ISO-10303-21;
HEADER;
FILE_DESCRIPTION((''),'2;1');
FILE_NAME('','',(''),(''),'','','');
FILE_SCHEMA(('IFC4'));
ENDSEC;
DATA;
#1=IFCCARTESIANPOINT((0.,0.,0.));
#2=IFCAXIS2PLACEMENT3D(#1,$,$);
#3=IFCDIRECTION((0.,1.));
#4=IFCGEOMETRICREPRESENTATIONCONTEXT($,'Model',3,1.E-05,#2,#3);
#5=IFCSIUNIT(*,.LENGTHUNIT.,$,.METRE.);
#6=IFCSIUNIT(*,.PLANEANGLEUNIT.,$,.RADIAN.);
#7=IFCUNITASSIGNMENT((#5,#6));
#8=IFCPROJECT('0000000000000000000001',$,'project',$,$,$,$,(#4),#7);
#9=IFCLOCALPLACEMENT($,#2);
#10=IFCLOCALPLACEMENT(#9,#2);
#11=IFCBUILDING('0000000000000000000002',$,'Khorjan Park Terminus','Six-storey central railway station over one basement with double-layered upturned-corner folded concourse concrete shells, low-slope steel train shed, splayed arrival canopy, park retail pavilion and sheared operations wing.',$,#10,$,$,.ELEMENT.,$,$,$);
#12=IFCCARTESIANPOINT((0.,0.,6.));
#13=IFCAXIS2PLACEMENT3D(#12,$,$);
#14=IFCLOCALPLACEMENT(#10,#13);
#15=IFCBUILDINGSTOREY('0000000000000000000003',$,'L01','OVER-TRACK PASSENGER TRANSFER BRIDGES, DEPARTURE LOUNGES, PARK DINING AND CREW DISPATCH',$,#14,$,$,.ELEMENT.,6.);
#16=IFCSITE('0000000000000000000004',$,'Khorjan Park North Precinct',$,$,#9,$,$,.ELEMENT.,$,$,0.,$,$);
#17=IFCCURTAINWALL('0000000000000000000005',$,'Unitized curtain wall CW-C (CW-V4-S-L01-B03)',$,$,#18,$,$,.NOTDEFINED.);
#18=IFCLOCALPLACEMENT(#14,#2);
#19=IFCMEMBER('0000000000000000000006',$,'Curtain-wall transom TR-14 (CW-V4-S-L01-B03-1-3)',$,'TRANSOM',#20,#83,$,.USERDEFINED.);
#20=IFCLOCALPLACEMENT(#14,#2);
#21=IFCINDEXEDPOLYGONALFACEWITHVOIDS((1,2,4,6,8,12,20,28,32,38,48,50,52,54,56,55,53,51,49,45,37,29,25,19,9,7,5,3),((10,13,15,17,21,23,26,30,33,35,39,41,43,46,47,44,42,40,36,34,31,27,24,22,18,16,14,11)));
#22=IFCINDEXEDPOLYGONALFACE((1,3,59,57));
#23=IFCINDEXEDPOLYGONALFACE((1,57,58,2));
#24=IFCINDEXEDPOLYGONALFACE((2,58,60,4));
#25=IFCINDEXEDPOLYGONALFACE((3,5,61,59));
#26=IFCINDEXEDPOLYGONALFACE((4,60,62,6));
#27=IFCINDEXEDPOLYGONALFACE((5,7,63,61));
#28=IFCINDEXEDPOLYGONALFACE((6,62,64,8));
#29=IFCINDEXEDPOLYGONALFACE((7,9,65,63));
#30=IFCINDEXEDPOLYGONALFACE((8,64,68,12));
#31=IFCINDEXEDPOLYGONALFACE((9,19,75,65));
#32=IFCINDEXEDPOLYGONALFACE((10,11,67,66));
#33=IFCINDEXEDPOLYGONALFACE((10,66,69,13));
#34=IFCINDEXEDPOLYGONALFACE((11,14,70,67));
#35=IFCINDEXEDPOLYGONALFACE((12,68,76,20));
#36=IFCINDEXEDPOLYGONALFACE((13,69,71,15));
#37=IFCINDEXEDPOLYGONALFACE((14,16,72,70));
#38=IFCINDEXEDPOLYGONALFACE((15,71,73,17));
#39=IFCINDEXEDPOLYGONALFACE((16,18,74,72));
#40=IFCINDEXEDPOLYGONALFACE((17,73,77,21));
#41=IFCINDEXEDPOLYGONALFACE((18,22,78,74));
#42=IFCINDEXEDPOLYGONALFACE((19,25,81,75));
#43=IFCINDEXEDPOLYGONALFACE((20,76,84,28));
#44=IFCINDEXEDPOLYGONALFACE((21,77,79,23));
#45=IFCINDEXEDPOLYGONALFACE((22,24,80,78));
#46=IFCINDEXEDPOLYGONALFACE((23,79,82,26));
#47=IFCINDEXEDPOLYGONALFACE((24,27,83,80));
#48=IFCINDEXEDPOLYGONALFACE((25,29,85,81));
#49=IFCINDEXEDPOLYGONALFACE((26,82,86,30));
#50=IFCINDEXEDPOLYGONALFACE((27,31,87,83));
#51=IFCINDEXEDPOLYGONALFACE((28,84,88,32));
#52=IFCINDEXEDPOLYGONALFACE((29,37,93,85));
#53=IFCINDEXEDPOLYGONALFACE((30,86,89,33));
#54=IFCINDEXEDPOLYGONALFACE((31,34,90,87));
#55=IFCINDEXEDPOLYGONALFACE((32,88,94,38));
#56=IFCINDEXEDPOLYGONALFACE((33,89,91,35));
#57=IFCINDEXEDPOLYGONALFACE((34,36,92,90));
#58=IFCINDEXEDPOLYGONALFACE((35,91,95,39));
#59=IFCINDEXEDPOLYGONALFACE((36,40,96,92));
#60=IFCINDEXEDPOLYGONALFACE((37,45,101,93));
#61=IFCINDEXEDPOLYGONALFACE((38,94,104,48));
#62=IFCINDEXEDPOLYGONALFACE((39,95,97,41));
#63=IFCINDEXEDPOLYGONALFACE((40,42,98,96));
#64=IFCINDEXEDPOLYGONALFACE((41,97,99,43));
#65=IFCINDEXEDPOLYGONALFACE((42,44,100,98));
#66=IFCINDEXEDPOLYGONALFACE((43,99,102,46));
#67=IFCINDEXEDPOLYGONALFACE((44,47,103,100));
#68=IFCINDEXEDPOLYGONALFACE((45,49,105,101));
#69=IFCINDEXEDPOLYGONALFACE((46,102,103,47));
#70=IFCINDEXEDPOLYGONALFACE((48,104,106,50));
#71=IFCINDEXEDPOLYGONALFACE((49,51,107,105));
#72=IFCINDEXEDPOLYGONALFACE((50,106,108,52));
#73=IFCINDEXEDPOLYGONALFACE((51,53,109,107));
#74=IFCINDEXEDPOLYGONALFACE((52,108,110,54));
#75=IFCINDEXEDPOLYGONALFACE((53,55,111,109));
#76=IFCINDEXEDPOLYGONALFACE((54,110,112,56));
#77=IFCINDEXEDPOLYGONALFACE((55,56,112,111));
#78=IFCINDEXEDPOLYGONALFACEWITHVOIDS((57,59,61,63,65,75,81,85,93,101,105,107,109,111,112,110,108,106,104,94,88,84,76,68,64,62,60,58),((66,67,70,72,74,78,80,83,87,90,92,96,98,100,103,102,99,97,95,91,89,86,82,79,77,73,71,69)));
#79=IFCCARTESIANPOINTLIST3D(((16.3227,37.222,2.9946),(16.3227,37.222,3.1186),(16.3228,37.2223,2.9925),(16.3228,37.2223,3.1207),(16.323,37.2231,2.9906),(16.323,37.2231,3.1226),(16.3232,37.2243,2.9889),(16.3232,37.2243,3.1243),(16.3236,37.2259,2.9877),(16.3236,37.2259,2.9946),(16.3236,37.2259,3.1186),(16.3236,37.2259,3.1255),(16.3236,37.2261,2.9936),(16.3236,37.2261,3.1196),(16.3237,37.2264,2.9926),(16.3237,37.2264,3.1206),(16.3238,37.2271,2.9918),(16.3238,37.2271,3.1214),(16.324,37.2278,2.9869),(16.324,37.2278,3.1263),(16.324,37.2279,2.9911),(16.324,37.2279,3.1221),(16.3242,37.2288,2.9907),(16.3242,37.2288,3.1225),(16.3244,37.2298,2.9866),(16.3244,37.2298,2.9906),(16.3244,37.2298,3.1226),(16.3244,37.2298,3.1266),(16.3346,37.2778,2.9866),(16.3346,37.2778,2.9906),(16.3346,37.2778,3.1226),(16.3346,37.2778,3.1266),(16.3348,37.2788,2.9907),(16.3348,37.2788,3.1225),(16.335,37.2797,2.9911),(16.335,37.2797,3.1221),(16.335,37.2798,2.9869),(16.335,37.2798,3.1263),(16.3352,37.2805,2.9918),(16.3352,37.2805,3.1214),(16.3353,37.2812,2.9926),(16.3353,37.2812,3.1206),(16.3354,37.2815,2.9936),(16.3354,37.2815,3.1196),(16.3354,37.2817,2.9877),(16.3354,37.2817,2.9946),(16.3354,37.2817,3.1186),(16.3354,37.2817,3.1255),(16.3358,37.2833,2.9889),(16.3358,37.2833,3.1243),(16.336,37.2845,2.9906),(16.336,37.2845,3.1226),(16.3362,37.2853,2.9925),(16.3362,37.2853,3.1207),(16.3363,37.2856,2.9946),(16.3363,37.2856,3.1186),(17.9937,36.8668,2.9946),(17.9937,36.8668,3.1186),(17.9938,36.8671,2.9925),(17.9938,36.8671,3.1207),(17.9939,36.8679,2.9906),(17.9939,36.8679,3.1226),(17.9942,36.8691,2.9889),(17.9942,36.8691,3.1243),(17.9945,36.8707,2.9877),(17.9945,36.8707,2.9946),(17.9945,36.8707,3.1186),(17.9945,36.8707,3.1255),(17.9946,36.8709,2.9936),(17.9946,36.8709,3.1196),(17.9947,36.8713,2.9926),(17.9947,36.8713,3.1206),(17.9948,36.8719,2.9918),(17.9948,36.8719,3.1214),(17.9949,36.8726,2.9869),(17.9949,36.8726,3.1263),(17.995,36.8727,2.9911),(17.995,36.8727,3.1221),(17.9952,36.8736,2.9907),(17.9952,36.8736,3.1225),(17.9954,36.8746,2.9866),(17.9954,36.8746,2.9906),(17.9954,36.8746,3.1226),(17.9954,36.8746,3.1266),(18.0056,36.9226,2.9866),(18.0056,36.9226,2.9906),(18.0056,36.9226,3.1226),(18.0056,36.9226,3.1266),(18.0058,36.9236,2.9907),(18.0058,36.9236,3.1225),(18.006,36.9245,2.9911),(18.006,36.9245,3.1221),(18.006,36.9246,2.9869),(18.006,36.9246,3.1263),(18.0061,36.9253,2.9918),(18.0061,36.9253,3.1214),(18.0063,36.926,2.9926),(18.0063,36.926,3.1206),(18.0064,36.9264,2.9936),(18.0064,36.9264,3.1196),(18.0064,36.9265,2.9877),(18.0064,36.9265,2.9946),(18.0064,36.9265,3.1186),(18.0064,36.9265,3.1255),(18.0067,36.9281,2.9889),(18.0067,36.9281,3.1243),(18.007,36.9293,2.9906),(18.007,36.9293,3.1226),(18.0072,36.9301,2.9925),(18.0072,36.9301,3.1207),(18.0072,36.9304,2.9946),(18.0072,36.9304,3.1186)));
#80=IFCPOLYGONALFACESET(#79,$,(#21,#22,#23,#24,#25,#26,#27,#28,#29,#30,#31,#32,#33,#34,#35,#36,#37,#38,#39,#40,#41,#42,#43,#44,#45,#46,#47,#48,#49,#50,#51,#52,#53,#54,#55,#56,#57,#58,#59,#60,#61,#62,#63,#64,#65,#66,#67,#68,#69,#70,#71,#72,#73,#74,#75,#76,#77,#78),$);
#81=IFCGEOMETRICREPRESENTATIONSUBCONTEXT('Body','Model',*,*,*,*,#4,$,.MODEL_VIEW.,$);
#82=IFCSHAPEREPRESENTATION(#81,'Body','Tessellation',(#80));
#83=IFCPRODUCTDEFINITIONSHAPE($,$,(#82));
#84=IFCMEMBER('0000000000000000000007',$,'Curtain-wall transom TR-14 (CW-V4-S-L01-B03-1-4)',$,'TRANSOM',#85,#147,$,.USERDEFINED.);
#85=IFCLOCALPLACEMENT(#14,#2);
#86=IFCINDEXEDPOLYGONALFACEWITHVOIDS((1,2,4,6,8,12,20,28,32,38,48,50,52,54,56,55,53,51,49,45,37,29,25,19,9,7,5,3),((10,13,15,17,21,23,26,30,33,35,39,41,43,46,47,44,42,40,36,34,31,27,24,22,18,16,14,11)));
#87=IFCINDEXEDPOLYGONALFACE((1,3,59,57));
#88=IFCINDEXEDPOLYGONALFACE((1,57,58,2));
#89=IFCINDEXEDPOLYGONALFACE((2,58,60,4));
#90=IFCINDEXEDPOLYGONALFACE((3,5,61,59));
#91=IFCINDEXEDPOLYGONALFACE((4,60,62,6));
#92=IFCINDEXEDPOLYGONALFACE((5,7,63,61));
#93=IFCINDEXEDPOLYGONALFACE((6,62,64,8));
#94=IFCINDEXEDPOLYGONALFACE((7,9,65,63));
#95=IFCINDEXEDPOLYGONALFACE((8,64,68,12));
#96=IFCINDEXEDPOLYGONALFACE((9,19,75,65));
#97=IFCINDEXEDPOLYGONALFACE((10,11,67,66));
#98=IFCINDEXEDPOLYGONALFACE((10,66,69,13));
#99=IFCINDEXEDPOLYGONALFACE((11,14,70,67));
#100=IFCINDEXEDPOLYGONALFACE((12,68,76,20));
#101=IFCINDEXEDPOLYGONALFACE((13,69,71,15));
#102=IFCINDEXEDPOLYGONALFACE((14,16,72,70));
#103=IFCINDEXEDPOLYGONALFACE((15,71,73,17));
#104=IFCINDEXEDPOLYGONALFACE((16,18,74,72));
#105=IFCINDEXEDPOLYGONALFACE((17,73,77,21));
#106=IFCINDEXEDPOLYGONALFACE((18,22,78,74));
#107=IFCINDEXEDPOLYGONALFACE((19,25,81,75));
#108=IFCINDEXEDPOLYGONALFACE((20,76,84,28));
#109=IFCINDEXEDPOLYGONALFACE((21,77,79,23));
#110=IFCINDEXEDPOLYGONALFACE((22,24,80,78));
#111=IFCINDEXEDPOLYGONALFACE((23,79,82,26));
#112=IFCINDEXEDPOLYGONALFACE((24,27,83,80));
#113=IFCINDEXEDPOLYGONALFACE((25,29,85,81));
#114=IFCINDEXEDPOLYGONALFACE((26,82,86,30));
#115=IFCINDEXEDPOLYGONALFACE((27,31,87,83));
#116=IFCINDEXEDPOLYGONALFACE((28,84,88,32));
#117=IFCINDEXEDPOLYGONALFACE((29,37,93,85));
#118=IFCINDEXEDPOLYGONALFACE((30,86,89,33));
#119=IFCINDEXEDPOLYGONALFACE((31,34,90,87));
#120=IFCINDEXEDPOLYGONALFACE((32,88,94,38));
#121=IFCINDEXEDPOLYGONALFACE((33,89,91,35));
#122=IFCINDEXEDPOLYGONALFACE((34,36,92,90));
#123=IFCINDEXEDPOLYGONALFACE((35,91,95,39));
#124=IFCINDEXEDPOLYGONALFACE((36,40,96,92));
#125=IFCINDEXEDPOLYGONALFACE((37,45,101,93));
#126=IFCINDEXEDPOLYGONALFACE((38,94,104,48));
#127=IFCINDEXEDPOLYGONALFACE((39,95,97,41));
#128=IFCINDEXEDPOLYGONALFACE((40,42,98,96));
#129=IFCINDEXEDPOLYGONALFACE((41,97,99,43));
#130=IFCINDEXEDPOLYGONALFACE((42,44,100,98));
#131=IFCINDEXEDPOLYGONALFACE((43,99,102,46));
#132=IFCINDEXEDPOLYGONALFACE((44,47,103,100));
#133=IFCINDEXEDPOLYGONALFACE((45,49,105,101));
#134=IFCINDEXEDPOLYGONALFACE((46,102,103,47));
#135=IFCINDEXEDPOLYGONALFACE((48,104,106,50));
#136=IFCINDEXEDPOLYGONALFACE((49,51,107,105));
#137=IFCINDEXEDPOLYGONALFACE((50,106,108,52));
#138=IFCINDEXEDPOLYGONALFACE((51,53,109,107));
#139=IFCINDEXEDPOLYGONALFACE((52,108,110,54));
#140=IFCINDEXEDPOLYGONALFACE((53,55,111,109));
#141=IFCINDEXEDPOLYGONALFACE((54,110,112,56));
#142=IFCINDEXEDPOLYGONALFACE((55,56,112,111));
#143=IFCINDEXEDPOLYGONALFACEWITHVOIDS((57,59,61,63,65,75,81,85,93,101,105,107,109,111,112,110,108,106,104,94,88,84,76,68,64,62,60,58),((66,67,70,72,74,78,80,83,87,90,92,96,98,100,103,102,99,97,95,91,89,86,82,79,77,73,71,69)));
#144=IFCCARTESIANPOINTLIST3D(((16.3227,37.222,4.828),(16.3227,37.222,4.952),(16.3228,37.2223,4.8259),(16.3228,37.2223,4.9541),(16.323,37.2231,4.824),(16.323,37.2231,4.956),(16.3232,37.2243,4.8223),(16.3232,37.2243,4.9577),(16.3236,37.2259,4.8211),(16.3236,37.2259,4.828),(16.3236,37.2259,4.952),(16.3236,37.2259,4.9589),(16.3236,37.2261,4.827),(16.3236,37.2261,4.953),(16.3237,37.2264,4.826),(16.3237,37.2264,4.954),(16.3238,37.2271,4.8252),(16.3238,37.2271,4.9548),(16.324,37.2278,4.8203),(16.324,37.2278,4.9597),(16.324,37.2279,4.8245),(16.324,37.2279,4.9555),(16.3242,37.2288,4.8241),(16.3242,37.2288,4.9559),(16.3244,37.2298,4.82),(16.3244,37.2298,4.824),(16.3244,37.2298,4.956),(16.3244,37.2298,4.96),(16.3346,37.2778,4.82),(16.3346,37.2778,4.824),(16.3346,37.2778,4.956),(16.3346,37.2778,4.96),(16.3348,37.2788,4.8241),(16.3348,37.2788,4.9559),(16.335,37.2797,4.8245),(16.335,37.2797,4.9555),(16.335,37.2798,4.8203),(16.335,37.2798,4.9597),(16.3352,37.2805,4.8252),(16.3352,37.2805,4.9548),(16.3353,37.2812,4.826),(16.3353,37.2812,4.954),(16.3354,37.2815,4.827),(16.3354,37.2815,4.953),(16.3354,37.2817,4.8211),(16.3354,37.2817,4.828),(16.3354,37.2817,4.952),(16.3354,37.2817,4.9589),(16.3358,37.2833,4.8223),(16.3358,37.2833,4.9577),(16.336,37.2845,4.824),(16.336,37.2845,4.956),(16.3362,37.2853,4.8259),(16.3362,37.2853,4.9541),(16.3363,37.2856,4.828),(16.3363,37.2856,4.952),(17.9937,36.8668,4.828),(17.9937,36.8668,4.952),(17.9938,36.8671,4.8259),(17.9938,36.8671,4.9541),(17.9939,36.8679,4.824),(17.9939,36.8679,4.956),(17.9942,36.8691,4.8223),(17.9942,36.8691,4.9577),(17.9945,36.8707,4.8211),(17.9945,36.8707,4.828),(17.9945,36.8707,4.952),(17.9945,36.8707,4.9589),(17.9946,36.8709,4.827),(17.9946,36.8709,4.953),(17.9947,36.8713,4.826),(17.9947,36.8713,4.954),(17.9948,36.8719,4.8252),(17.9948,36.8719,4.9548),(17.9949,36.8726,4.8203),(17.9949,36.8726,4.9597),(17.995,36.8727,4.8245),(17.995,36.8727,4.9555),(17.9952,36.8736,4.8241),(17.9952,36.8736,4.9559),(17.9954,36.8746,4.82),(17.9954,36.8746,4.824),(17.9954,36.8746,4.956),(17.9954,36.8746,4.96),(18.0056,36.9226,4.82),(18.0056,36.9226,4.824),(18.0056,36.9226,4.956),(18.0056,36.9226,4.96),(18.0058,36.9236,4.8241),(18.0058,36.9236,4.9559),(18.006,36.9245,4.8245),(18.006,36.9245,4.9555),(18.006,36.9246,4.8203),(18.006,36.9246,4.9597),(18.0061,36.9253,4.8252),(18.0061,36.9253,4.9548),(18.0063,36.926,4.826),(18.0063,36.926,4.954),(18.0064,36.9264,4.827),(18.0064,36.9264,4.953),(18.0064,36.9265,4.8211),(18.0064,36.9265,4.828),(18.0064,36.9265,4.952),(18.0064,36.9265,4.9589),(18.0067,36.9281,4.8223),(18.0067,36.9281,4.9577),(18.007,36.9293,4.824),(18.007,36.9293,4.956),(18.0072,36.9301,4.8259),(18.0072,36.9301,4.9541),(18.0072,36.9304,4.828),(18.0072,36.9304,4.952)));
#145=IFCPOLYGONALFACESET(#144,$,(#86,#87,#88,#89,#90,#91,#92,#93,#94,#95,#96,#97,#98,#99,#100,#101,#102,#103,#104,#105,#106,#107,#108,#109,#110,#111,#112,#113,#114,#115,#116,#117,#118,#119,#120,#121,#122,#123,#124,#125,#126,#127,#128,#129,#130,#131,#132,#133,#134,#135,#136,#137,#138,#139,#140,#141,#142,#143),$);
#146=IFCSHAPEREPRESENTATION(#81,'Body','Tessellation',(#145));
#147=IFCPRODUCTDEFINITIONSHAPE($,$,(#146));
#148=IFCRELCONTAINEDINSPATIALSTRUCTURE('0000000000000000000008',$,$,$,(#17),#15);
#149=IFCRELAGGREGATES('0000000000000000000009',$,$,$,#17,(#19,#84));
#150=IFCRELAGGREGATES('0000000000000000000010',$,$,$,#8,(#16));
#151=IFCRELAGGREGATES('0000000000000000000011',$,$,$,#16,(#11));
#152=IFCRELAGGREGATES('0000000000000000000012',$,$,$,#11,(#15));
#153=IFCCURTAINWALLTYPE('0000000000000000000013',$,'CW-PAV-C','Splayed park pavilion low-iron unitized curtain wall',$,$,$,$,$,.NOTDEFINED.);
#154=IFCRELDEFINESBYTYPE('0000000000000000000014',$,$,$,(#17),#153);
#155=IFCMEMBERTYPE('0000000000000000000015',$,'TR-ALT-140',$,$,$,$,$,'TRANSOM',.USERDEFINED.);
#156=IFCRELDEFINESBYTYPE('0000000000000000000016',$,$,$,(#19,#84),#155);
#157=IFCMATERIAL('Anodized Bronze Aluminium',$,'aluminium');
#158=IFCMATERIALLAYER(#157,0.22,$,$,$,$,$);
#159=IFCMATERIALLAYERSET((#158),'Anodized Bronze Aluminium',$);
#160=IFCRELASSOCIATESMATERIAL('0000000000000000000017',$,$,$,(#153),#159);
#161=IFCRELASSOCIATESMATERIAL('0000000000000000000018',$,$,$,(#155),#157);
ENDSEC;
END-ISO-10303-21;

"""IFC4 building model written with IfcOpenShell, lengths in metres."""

from ifc_helpers import new_model, si_unit, direction, frame, origin, origin_2d, place, context, subcontext, project, spatial, hollow_rectangle, extrude, material, layer, layer_set, material_profile, profile_set, type_object, element, aggregate, save


model = new_model("IFC4")

# Units and contexts
model_context = context("Model", 3, precision=1e-05, world=origin(), true_north=direction((0.0, 1.0)))
body_context = subcontext(model_context, "Body", "Model", "MODEL_VIEW")
ifc_project = project(units=[si_unit("LENGTHUNIT", "METRE"), si_unit("PLANEANGLEUNIT", "RADIAN")], contexts=[model_context])

# Site, building, storey
site_placement = place(None, origin())
site = spatial("IfcSite", under=ifc_project, at=site_placement, Name="Khorjan Park North Precinct", CompositionType="ELEMENT", RefElevation=0.0)
building_placement = place(site_placement, origin())
building = spatial("IfcBuilding", under=site, at=building_placement, Name="Khorjan Park Terminus", Description="Six-storey central railway station over one basement with double-layered upturned-corner folded concourse concrete shells, low-slope steel train shed, splayed arrival canopy, park retail pavilion and sheared operations wing.", CompositionType="ELEMENT")
storey_placement = place(building_placement, frame((0.0, 0.0, 6.0)))
storey = spatial("IfcBuildingStorey", under=building, at=storey_placement, Name="L01", Description="OVER-TRACK PASSENGER TRANSFER BRIDGES, DEPARTURE LOUNGES, PARK DINING AND CREW DISPATCH", CompositionType="ELEMENT", Elevation=6.0)

# Curtain wall
ifc_material_1 = material(Name="Anodized Bronze Aluminium", Category="aluminium")
ifc_layer_1 = layer(ifc_material_1, 0.22)
ifc_layer_set_1 = layer_set([ifc_layer_1], Name="Anodized Bronze Aluminium")
curtain_wall_type = type_object("IfcCurtainWallType", Name="CW-PAV-C", Description="Splayed park pavilion low-iron unitized curtain wall", PredefinedType="NOTDEFINED", material=ifc_layer_set_1)
curtain_wall_1_placement = place(storey_placement, origin())
curtain_wall_1 = element("IfcCurtainWall", 1, at=curtain_wall_1_placement, inside=storey, type_object=curtain_wall_type, Name="Unitized curtain wall CW-C (CW-V4-S-L01-B03)", PredefinedType="NOTDEFINED")

# Members
ifc_material_profile_1 = material_profile(ifc_material_1, hollow_rectangle(XDim=0.065, YDim=0.14, WallThickness=0.004, InnerFilletRadius=0.004, OuterFilletRadius=0.008, at=origin_2d()), Name="ALT 65x140x4")
ifc_profile_set_1 = profile_set([ifc_material_profile_1], Name="Anodized Bronze Aluminium")
member_type_1 = type_object("IfcMemberType", Name="TR-ALT-140", ElementType="TRANSOM", PredefinedType="USERDEFINED", material=ifc_profile_set_1)
member_1_placement = place(storey_placement, frame((16.3295, 37.2538, 3.0566), z_axis=(0.978145, -0.207922, 0.0), x_axis=(0.207922, 0.978145, 0.0)))
member_1 = element("IfcMember", 2, at=member_1_placement, type_object=member_type_1, Name="Curtain-wall transom TR-14 (CW-V4-S-L01-B03-1-3)", ObjectType="TRANSOM", PredefinedType="USERDEFINED", context=body_context, shape_type="SweptSolid", body=[
    extrude(hollow_rectangle(XDim=0.065, YDim=0.14, WallThickness=0.004, InnerFilletRadius=0.004, OuterFilletRadius=0.008, at=origin_2d()), origin(), (0.0, 0.0, 1.0), 1.7083),
])
member_2_placement = place(storey_placement, frame((16.3295, 37.2538, 4.89), z_axis=(0.978145, -0.207922, 0.0), x_axis=(0.207922, 0.978145, 0.0)))
member_2 = element("IfcMember", 3, at=member_2_placement, type_object=member_type_1, Name="Curtain-wall transom TR-14 (CW-V4-S-L01-B03-1-4)", ObjectType="TRANSOM", PredefinedType="USERDEFINED", context=body_context, shape_type="SweptSolid", body=[
    extrude(hollow_rectangle(XDim=0.065, YDim=0.14, WallThickness=0.004, InnerFilletRadius=0.004, OuterFilletRadius=0.008, at=origin_2d()), origin(), (0.0, 0.0, 1.0), 1.7083),
])

aggregate(curtain_wall_1, [member_1, member_2])

save(model, "model.ifc")
